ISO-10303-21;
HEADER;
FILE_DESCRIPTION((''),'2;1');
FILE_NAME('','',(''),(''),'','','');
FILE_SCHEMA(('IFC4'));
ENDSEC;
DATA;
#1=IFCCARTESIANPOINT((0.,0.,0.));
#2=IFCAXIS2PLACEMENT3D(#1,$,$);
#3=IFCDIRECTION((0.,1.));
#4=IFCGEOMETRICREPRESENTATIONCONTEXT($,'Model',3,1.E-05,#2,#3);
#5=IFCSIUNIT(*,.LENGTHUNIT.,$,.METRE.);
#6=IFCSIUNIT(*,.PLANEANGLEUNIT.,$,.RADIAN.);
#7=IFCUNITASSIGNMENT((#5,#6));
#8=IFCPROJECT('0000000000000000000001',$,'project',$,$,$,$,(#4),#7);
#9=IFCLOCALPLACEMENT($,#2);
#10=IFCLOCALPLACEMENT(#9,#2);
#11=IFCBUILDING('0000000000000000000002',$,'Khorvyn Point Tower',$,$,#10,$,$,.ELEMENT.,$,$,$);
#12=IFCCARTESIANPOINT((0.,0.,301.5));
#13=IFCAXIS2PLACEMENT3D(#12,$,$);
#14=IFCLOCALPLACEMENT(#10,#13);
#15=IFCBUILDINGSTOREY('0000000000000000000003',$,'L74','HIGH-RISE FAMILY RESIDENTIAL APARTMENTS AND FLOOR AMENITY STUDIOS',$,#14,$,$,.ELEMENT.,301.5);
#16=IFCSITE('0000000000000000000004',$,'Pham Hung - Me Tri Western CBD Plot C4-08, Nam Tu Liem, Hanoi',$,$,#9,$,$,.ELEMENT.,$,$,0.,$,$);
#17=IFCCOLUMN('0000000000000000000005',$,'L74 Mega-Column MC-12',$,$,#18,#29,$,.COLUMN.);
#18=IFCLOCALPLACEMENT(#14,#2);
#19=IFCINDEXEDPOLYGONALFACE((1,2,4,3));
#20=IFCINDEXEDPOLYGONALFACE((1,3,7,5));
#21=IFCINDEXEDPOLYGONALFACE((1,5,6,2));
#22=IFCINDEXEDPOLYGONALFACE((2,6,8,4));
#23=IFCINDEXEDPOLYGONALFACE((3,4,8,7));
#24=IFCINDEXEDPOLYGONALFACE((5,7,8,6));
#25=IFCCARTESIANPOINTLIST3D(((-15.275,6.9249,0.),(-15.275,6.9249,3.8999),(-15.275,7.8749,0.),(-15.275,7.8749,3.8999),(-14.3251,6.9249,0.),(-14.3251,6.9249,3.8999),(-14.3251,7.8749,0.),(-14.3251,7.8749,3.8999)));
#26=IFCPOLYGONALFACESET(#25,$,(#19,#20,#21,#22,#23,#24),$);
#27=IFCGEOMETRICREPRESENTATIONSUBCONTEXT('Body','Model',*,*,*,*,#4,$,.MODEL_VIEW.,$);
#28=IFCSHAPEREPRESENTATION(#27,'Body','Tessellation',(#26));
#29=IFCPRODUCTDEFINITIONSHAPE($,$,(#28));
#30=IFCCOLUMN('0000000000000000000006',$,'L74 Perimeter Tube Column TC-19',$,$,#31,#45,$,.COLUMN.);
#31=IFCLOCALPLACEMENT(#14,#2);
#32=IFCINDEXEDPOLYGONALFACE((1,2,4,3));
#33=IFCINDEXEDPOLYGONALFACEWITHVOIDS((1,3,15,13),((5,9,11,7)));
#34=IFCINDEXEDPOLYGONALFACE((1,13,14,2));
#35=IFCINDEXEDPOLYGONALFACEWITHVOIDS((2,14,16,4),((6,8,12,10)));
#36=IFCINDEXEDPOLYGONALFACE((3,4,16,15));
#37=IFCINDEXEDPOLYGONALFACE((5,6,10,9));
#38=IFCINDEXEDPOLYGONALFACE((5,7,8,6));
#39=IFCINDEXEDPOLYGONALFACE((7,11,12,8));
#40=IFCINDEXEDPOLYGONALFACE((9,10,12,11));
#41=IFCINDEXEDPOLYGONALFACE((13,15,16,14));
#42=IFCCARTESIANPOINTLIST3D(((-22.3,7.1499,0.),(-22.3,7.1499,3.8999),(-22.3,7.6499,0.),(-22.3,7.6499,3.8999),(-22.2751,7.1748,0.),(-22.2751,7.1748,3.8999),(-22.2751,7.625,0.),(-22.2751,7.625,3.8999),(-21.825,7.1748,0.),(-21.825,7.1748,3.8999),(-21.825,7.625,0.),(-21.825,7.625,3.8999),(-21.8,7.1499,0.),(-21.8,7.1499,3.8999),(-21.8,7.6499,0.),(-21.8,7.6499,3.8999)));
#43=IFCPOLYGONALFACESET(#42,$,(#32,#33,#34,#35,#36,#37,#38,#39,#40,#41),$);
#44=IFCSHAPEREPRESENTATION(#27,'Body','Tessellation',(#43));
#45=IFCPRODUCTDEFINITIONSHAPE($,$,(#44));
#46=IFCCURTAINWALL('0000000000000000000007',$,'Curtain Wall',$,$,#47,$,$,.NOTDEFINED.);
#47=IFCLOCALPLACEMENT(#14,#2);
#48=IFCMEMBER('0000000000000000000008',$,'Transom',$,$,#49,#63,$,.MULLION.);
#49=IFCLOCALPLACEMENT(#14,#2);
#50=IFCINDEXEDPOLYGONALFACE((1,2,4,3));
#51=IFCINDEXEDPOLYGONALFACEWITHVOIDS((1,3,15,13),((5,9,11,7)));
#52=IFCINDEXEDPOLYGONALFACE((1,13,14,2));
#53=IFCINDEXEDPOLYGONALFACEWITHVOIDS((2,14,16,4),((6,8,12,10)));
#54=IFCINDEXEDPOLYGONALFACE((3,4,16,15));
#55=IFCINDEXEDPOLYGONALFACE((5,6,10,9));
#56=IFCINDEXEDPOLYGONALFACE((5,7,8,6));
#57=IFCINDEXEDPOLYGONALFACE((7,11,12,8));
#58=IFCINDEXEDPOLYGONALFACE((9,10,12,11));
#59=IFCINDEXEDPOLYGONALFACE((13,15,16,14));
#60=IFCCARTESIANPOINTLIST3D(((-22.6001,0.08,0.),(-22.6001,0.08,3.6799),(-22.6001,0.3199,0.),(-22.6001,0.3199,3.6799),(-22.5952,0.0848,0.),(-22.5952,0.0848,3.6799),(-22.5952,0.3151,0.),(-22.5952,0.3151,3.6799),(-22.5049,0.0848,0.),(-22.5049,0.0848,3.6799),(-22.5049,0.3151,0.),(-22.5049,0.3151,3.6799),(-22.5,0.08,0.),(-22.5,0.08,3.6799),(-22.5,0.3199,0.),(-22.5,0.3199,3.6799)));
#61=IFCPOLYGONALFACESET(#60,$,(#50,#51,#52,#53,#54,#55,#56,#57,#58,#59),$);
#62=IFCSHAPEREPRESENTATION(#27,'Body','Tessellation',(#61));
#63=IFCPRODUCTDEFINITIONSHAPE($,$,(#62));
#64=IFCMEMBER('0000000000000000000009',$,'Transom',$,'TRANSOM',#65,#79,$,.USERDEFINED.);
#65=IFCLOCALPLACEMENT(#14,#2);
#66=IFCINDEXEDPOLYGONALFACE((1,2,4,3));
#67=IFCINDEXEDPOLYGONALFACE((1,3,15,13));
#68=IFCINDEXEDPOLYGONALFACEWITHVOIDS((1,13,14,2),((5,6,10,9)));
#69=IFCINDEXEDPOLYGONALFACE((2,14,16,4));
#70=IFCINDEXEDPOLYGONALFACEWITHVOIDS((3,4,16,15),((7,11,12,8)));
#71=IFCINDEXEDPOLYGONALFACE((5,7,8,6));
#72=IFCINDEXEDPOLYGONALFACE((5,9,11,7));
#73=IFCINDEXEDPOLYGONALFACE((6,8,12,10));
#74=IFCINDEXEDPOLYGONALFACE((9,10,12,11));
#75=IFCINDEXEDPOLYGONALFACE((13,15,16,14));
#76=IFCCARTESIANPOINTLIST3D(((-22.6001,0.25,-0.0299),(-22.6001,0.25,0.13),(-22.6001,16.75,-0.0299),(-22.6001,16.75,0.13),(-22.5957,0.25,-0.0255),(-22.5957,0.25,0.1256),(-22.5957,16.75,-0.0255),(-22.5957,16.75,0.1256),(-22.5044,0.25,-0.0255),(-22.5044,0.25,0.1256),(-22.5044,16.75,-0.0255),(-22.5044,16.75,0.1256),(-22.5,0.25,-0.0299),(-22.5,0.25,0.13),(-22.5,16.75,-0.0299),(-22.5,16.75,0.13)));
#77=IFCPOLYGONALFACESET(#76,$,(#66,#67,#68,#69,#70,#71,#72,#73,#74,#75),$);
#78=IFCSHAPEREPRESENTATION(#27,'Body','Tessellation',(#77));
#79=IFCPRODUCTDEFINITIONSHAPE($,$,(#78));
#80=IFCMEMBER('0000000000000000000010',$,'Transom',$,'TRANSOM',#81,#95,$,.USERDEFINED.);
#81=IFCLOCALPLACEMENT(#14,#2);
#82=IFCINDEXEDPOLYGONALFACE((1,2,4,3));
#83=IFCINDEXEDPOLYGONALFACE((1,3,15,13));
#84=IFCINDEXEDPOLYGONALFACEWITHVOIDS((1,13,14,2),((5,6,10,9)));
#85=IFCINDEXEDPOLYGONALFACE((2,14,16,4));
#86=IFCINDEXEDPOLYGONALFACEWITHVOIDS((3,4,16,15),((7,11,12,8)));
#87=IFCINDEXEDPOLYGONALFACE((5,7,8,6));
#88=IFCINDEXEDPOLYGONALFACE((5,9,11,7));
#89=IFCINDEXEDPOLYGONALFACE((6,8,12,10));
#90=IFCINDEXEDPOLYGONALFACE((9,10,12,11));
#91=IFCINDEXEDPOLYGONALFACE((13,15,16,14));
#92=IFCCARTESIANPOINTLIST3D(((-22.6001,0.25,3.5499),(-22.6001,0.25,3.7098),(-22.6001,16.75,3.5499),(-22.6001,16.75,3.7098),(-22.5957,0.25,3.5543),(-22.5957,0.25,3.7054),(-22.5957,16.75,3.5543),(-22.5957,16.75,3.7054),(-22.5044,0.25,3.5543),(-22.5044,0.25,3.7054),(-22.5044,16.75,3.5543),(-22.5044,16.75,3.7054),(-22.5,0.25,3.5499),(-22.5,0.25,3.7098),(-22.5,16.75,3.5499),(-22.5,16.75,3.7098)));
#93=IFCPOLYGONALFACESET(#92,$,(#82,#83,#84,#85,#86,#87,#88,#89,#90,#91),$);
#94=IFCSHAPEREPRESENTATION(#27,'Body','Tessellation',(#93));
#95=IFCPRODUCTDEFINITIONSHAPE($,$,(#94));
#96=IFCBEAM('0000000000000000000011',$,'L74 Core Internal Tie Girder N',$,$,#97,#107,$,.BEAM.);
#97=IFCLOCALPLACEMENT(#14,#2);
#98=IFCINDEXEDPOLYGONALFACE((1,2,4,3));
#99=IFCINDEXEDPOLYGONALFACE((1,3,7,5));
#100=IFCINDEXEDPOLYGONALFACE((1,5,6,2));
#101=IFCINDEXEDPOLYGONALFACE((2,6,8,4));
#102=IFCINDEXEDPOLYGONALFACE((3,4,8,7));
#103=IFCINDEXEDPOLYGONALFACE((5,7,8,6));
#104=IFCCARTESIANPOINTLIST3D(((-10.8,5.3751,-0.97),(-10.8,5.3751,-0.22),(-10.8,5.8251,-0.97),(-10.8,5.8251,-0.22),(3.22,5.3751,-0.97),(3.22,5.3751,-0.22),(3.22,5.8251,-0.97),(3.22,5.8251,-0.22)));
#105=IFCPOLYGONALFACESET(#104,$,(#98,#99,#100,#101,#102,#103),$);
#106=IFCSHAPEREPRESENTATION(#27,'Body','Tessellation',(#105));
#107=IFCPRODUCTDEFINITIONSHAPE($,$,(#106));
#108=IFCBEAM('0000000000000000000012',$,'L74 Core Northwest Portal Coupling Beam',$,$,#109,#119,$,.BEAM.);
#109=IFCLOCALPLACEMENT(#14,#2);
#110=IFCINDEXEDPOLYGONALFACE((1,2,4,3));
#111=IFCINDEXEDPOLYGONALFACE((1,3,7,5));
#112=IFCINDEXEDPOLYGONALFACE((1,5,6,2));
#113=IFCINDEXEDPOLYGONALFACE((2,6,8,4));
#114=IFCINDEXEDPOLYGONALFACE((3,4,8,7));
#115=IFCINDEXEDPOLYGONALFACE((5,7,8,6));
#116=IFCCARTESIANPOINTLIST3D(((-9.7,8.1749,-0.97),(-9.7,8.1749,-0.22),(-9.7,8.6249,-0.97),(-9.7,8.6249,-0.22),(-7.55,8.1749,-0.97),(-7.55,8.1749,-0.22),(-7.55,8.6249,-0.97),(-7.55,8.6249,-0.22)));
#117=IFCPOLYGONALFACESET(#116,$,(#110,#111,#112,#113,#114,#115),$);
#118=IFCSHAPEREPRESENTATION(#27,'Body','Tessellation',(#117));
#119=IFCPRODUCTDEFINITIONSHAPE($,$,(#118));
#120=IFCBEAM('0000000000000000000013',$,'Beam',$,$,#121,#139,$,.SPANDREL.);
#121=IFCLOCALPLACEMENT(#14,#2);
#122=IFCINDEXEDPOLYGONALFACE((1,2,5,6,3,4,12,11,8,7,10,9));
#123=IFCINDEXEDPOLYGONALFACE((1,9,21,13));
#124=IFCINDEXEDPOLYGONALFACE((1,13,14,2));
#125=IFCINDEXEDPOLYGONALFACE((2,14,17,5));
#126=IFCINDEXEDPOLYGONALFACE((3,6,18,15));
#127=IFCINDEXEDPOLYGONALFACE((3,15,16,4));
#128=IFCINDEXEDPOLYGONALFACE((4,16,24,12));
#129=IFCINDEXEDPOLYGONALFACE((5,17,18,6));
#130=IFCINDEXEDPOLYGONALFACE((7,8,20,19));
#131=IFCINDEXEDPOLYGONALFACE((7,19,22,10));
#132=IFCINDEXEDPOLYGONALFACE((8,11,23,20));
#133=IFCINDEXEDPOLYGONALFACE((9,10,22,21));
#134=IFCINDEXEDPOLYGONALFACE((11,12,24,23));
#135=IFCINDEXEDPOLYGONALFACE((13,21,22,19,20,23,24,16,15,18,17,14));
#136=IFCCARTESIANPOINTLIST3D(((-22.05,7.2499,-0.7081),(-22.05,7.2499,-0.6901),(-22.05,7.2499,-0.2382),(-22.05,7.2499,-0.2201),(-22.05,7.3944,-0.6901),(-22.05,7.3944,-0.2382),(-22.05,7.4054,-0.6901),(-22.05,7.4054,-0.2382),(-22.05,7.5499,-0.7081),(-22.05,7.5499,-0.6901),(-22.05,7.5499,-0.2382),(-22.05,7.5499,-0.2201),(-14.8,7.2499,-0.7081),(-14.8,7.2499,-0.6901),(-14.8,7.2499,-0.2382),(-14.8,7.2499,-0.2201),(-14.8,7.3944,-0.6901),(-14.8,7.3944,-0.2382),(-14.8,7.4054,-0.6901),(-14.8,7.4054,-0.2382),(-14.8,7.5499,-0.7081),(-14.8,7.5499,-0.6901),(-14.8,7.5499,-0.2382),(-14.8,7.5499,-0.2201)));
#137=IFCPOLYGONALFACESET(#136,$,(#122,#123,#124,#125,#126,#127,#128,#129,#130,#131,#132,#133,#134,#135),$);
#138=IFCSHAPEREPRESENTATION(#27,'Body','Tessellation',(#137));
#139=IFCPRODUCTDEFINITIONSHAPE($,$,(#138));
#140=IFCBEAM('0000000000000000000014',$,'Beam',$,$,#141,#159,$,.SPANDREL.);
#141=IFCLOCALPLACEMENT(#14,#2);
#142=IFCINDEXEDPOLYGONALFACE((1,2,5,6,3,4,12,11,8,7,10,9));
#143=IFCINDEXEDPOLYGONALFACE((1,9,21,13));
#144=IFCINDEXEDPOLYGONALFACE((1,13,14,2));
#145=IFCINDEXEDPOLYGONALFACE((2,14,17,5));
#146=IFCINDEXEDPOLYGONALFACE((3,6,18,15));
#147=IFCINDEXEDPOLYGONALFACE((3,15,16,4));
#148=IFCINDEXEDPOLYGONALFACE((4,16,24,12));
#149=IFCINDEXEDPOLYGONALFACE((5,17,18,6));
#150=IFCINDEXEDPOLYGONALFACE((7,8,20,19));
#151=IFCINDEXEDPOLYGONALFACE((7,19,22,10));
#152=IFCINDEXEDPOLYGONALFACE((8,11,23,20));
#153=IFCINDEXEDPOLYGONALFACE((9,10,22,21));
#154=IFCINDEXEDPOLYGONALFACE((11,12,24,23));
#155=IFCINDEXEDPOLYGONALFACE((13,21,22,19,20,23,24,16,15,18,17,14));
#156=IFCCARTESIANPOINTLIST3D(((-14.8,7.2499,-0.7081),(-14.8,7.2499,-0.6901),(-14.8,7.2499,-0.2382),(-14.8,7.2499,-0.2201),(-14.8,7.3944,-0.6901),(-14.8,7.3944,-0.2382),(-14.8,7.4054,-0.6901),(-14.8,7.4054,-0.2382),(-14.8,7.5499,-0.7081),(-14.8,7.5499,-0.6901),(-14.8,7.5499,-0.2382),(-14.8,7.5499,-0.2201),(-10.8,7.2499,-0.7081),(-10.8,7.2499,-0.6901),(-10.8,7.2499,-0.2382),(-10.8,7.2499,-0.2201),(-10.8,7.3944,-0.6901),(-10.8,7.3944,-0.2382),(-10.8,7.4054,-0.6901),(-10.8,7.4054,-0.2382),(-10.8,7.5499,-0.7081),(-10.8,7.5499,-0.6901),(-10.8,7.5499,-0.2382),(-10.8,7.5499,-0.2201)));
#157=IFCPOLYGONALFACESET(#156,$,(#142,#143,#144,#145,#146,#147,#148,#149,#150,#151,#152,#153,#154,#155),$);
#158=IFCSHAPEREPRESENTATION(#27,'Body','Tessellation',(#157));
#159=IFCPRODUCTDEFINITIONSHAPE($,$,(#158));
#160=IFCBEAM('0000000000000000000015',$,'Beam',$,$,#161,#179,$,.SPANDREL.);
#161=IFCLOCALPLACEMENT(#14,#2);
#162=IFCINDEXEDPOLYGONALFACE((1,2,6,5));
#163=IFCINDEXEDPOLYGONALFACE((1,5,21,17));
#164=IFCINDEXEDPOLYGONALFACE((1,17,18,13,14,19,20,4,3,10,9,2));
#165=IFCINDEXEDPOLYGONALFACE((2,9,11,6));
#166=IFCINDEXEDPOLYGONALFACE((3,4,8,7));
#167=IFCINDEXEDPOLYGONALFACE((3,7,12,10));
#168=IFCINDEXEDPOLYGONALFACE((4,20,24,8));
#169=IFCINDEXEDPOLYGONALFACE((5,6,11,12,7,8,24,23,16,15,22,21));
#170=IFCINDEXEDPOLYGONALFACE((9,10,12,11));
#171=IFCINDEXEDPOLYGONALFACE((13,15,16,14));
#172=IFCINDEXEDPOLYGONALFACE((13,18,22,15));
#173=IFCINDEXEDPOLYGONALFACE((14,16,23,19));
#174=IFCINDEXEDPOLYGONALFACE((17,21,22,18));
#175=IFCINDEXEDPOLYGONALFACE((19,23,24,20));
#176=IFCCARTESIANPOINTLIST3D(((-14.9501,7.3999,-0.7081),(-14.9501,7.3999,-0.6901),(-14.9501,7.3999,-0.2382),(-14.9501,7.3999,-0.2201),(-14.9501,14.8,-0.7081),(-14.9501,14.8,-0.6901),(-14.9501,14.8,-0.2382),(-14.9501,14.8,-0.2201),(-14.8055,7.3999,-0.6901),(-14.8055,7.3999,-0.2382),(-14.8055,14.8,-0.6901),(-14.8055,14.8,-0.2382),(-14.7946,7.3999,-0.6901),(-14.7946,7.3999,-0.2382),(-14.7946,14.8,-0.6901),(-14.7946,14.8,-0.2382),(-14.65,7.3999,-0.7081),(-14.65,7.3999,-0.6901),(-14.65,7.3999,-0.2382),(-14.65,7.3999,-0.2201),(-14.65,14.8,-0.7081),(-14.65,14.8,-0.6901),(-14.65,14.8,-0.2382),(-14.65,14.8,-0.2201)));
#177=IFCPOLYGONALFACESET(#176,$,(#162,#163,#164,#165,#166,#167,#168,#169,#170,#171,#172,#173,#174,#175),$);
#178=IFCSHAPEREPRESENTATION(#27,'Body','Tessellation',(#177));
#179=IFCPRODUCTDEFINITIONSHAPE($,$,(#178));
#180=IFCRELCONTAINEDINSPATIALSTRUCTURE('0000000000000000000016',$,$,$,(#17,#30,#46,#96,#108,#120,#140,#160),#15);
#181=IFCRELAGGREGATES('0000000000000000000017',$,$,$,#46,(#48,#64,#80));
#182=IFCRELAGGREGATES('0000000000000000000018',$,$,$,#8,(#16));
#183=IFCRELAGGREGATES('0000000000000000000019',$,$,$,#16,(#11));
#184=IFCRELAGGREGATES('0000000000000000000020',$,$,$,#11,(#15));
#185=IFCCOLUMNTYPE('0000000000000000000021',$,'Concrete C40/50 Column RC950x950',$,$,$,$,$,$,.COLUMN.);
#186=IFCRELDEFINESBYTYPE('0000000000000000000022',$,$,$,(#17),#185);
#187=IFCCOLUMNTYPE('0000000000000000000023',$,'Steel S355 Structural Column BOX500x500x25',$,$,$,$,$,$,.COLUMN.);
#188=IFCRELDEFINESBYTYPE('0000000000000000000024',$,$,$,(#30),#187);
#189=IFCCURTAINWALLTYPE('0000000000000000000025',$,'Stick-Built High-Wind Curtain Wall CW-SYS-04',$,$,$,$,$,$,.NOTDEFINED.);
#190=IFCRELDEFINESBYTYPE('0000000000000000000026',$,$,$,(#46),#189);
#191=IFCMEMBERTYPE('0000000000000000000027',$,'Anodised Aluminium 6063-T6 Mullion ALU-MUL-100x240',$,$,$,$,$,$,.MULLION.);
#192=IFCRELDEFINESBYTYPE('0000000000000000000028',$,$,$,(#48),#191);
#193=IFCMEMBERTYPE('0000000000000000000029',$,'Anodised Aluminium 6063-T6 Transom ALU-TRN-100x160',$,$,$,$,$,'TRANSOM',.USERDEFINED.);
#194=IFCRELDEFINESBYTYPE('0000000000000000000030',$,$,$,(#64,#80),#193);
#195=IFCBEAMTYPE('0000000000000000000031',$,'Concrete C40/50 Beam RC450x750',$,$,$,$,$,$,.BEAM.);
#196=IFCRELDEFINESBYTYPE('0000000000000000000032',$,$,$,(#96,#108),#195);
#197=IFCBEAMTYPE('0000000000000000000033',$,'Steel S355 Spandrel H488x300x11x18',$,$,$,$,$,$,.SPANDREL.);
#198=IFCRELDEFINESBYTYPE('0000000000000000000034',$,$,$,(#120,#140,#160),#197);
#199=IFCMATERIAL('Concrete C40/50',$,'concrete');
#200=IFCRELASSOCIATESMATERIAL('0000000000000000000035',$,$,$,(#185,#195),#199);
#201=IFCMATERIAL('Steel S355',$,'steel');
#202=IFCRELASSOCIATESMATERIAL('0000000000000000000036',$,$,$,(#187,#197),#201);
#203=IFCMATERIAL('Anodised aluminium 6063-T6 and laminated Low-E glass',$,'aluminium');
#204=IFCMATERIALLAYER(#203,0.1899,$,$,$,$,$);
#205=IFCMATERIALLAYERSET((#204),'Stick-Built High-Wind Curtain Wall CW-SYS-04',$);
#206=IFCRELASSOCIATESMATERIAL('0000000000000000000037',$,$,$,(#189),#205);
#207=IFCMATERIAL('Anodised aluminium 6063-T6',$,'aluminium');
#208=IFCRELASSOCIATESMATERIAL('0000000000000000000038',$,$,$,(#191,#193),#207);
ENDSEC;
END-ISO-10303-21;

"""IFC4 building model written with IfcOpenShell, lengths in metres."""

from ifc_helpers import new_model, si_unit, direction, frame, origin, origin_2d, place, context, subcontext, project, spatial, rectangle, hollow_rectangle, i_section, extrude, material, layer, layer_set, material_profile, profile_set, type_object, element, aggregate, save


model = new_model("IFC4")

# Units and contexts
model_context = context("Model", 3, precision=1e-05, world=origin(), true_north=direction((0.0, 1.0)))
body_context = subcontext(model_context, "Body", "Model", "MODEL_VIEW")
ifc_project = project(units=[si_unit("LENGTHUNIT", "METRE"), si_unit("PLANEANGLEUNIT", "RADIAN")], contexts=[model_context])

# Site, building, storey
site_placement = place(None, origin())
site = spatial("IfcSite", under=ifc_project, at=site_placement, Name="Pham Hung - Me Tri Western CBD Plot C4-08, Nam Tu Liem, Hanoi", CompositionType="ELEMENT", RefElevation=0.0)
building_placement = place(site_placement, origin())
building = spatial("IfcBuilding", under=site, at=building_placement, Name="Khorvyn Point Tower", CompositionType="ELEMENT")
storey_placement = place(building_placement, frame((0.0, 0.0, 301.5)))
storey = spatial("IfcBuildingStorey", under=building, at=storey_placement, Name="L74", Description="HIGH-RISE FAMILY RESIDENTIAL APARTMENTS AND FLOOR AMENITY STUDIOS", CompositionType="ELEMENT", Elevation=301.5)

# Columns
ifc_material_1 = material(Name="Concrete C40/50", Category="concrete")
ifc_material_profile_1 = material_profile(ifc_material_1, rectangle(XDim=0.95, YDim=0.95, at=origin_2d()))
ifc_profile_set_1 = profile_set([ifc_material_profile_1], Name="Concrete C40/50 RC950x950")
column_type_1 = type_object("IfcColumnType", Name="Concrete C40/50 Column RC950x950", PredefinedType="COLUMN", material=ifc_profile_set_1)
column_1_placement = place(storey_placement, frame((-14.8, 7.3999, 0.0), z_axis=(0.0, 0.0, 1.0), x_axis=(1.0, 0.0, 0.0)))
element("IfcColumn", 1, at=column_1_placement, inside=storey, type_object=column_type_1, Name="L74 Mega-Column MC-12", PredefinedType="COLUMN", context=body_context, shape_type="SweptSolid", body=[
    extrude(rectangle(XDim=0.95, YDim=0.95, at=origin_2d()), origin(), (0.0, 0.0, 1.0), 3.8999),
])
ifc_material_2 = material(Name="Steel S355", Category="steel")
ifc_material_profile_2 = material_profile(ifc_material_2, hollow_rectangle(XDim=0.5, YDim=0.5, WallThickness=0.0249, at=origin_2d()))
ifc_profile_set_2 = profile_set([ifc_material_profile_2], Name="Steel S355 BOX500x500x25")
column_type_2 = type_object("IfcColumnType", Name="Steel S355 Structural Column BOX500x500x25", PredefinedType="COLUMN", material=ifc_profile_set_2)
column_2_placement = place(storey_placement, frame((-22.05, 7.3999, 0.0), z_axis=(0.0, 0.0, 1.0), x_axis=(1.0, 0.0, 0.0)))
element("IfcColumn", 2, at=column_2_placement, inside=storey, type_object=column_type_2, Name="L74 Perimeter Tube Column TC-19", PredefinedType="COLUMN", context=body_context, shape_type="SweptSolid", body=[
    extrude(hollow_rectangle(XDim=0.5, YDim=0.5, WallThickness=0.0249, at=origin_2d()), origin(), (0.0, 0.0, 1.0), 3.8999),
])

# Curtain wall, members
ifc_material_3 = material(Name="Anodised aluminium 6063-T6 and laminated Low-E glass", Category="aluminium")
ifc_layer_1 = layer(ifc_material_3, 0.1899)
ifc_layer_set_1 = layer_set([ifc_layer_1], Name="Stick-Built High-Wind Curtain Wall CW-SYS-04")
curtain_wall_type = type_object("IfcCurtainWallType", Name="Stick-Built High-Wind Curtain Wall CW-SYS-04", PredefinedType="NOTDEFINED", material=ifc_layer_set_1)
curtain_wall_placement = place(storey_placement, origin())
curtain_wall = element("IfcCurtainWall", 3, at=curtain_wall_placement, inside=storey, type_object=curtain_wall_type, Name="Curtain Wall", PredefinedType="NOTDEFINED")
ifc_material_4 = material(Name="Anodised aluminium 6063-T6", Category="aluminium")
ifc_material_profile_3 = material_profile(ifc_material_4, hollow_rectangle(XDim=0.1001, YDim=0.24, WallThickness=0.0049, at=origin_2d()))
ifc_profile_set_3 = profile_set([ifc_material_profile_3], Name="Anodised aluminium 6063-T6 ALU-MUL-100x240")
member_type_1 = type_object("IfcMemberType", Name="Anodised Aluminium 6063-T6 Mullion ALU-MUL-100x240", PredefinedType="MULLION", material=ifc_profile_set_3)
member_1_placement = place(storey_placement, frame((-22.55, 0.2, 0.0), z_axis=(0.0, 0.0, 1.0), x_axis=(-1.0, 0.0, 0.0)))
member_1 = element("IfcMember", 4, at=member_1_placement, type_object=member_type_1, Name="Transom", PredefinedType="MULLION", context=body_context, shape_type="SweptSolid", body=[
    extrude(hollow_rectangle(XDim=0.1001, YDim=0.24, WallThickness=0.0049, at=origin_2d()), origin(), (0.0, 0.0, 1.0), 3.6799),
])
ifc_material_profile_4 = material_profile(ifc_material_4, hollow_rectangle(XDim=0.1001, YDim=0.1599, WallThickness=0.0044, at=origin_2d()))
ifc_profile_set_4 = profile_set([ifc_material_profile_4], Name="Anodised aluminium 6063-T6 ALU-TRN-100x160")
member_type_2 = type_object("IfcMemberType", Name="Anodised Aluminium 6063-T6 Transom ALU-TRN-100x160", ElementType="TRANSOM", PredefinedType="USERDEFINED", material=ifc_profile_set_4)
member_2_placement = place(storey_placement, frame((-22.55, 0.25, 0.05), z_axis=(0.0, 1.0, 0.0), x_axis=(-1.0, 0.0, 0.0)))
member_2 = element("IfcMember", 5, at=member_2_placement, type_object=member_type_2, Name="Transom", ObjectType="TRANSOM", PredefinedType="USERDEFINED", context=body_context, shape_type="SweptSolid", body=[
    extrude(hollow_rectangle(XDim=0.1001, YDim=0.1599, WallThickness=0.0044, at=origin_2d()), origin(), (0.0, 0.0, 1.0), 16.5),
])
member_3_placement = place(storey_placement, frame((-22.55, 0.25, 3.6299), z_axis=(0.0, 1.0, 0.0), x_axis=(-1.0, 0.0, 0.0)))
member_3 = element("IfcMember", 6, at=member_3_placement, type_object=member_type_2, Name="Transom", ObjectType="TRANSOM", PredefinedType="USERDEFINED", context=body_context, shape_type="SweptSolid", body=[
    extrude(hollow_rectangle(XDim=0.1001, YDim=0.1599, WallThickness=0.0044, at=origin_2d()), origin(), (0.0, 0.0, 1.0), 16.5),
])

# Beams
ifc_material_profile_5 = material_profile(ifc_material_1, rectangle(XDim=0.45, YDim=0.75, at=origin_2d()))
ifc_profile_set_5 = profile_set([ifc_material_profile_5], Name="Concrete C40/50 RC450x750")
beam_type_1 = type_object("IfcBeamType", Name="Concrete C40/50 Beam RC450x750", PredefinedType="BEAM", material=ifc_profile_set_5)
beam_1_placement = place(storey_placement, frame((-10.8, 5.6001, -0.595), z_axis=(1.0, 0.0, 0.0), x_axis=(0.0, 1.0, 0.0)))
element("IfcBeam", 7, at=beam_1_placement, inside=storey, type_object=beam_type_1, Name="L74 Core Internal Tie Girder N", PredefinedType="BEAM", context=body_context, shape_type="SweptSolid", body=[
    extrude(rectangle(XDim=0.45, YDim=0.75, at=origin_2d()), origin(), (0.0, 0.0, 1.0), 14.02),
])
beam_2_placement = place(storey_placement, frame((-9.7, 8.3999, -0.595), z_axis=(1.0, 0.0, 0.0), x_axis=(0.0, 1.0, 0.0)))
element("IfcBeam", 8, at=beam_2_placement, inside=storey, type_object=beam_type_1, Name="L74 Core Northwest Portal Coupling Beam", PredefinedType="BEAM", context=body_context, shape_type="SweptSolid", body=[
    extrude(rectangle(XDim=0.45, YDim=0.75, at=origin_2d()), origin(), (0.0, 0.0, 1.0), 2.1499),
])
ifc_material_profile_6 = material_profile(ifc_material_2, i_section(OverallWidth=0.3, OverallDepth=0.488, WebThickness=0.011, FlangeThickness=0.0181, at=origin_2d()))
ifc_profile_set_6 = profile_set([ifc_material_profile_6], Name="Steel S355 H488x300x11x18")
beam_type_2 = type_object("IfcBeamType", Name="Steel S355 Spandrel H488x300x11x18", PredefinedType="SPANDREL", material=ifc_profile_set_6)
beam_3_placement = place(storey_placement, frame((-22.05, 7.3999, -0.4641), z_axis=(1.0, 0.0, 0.0), x_axis=(0.0, 1.0, 0.0)))
element("IfcBeam", 9, at=beam_3_placement, inside=storey, type_object=beam_type_2, Name="Beam", PredefinedType="SPANDREL", context=body_context, shape_type="SweptSolid", body=[
    extrude(i_section(OverallWidth=0.3, OverallDepth=0.488, WebThickness=0.011, FlangeThickness=0.0181, at=origin_2d()), origin(), (0.0, 0.0, 1.0), 7.25),
])
beam_4_placement = place(storey_placement, frame((-14.8, 7.3999, -0.4641), z_axis=(1.0, 0.0, 0.0), x_axis=(0.0, 1.0, 0.0)))
element("IfcBeam", 10, at=beam_4_placement, inside=storey, type_object=beam_type_2, Name="Beam", PredefinedType="SPANDREL", context=body_context, shape_type="SweptSolid", body=[
    extrude(i_section(OverallWidth=0.3, OverallDepth=0.488, WebThickness=0.011, FlangeThickness=0.0181, at=origin_2d()), origin(), (0.0, 0.0, 1.0), 4.0),
])
beam_5_placement = place(storey_placement, frame((-14.8, 7.3999, -0.4641), z_axis=(0.0, 1.0, 0.0), x_axis=(-1.0, 0.0, 0.0)))
element("IfcBeam", 11, at=beam_5_placement, inside=storey, type_object=beam_type_2, Name="Beam", PredefinedType="SPANDREL", context=body_context, shape_type="SweptSolid", body=[
    extrude(i_section(OverallWidth=0.3, OverallDepth=0.488, WebThickness=0.011, FlangeThickness=0.0181, at=origin_2d()), origin(), (0.0, 0.0, 1.0), 7.4001),
])

aggregate(curtain_wall, [member_1, member_2, member_3])

save(model, "model.ifc")
